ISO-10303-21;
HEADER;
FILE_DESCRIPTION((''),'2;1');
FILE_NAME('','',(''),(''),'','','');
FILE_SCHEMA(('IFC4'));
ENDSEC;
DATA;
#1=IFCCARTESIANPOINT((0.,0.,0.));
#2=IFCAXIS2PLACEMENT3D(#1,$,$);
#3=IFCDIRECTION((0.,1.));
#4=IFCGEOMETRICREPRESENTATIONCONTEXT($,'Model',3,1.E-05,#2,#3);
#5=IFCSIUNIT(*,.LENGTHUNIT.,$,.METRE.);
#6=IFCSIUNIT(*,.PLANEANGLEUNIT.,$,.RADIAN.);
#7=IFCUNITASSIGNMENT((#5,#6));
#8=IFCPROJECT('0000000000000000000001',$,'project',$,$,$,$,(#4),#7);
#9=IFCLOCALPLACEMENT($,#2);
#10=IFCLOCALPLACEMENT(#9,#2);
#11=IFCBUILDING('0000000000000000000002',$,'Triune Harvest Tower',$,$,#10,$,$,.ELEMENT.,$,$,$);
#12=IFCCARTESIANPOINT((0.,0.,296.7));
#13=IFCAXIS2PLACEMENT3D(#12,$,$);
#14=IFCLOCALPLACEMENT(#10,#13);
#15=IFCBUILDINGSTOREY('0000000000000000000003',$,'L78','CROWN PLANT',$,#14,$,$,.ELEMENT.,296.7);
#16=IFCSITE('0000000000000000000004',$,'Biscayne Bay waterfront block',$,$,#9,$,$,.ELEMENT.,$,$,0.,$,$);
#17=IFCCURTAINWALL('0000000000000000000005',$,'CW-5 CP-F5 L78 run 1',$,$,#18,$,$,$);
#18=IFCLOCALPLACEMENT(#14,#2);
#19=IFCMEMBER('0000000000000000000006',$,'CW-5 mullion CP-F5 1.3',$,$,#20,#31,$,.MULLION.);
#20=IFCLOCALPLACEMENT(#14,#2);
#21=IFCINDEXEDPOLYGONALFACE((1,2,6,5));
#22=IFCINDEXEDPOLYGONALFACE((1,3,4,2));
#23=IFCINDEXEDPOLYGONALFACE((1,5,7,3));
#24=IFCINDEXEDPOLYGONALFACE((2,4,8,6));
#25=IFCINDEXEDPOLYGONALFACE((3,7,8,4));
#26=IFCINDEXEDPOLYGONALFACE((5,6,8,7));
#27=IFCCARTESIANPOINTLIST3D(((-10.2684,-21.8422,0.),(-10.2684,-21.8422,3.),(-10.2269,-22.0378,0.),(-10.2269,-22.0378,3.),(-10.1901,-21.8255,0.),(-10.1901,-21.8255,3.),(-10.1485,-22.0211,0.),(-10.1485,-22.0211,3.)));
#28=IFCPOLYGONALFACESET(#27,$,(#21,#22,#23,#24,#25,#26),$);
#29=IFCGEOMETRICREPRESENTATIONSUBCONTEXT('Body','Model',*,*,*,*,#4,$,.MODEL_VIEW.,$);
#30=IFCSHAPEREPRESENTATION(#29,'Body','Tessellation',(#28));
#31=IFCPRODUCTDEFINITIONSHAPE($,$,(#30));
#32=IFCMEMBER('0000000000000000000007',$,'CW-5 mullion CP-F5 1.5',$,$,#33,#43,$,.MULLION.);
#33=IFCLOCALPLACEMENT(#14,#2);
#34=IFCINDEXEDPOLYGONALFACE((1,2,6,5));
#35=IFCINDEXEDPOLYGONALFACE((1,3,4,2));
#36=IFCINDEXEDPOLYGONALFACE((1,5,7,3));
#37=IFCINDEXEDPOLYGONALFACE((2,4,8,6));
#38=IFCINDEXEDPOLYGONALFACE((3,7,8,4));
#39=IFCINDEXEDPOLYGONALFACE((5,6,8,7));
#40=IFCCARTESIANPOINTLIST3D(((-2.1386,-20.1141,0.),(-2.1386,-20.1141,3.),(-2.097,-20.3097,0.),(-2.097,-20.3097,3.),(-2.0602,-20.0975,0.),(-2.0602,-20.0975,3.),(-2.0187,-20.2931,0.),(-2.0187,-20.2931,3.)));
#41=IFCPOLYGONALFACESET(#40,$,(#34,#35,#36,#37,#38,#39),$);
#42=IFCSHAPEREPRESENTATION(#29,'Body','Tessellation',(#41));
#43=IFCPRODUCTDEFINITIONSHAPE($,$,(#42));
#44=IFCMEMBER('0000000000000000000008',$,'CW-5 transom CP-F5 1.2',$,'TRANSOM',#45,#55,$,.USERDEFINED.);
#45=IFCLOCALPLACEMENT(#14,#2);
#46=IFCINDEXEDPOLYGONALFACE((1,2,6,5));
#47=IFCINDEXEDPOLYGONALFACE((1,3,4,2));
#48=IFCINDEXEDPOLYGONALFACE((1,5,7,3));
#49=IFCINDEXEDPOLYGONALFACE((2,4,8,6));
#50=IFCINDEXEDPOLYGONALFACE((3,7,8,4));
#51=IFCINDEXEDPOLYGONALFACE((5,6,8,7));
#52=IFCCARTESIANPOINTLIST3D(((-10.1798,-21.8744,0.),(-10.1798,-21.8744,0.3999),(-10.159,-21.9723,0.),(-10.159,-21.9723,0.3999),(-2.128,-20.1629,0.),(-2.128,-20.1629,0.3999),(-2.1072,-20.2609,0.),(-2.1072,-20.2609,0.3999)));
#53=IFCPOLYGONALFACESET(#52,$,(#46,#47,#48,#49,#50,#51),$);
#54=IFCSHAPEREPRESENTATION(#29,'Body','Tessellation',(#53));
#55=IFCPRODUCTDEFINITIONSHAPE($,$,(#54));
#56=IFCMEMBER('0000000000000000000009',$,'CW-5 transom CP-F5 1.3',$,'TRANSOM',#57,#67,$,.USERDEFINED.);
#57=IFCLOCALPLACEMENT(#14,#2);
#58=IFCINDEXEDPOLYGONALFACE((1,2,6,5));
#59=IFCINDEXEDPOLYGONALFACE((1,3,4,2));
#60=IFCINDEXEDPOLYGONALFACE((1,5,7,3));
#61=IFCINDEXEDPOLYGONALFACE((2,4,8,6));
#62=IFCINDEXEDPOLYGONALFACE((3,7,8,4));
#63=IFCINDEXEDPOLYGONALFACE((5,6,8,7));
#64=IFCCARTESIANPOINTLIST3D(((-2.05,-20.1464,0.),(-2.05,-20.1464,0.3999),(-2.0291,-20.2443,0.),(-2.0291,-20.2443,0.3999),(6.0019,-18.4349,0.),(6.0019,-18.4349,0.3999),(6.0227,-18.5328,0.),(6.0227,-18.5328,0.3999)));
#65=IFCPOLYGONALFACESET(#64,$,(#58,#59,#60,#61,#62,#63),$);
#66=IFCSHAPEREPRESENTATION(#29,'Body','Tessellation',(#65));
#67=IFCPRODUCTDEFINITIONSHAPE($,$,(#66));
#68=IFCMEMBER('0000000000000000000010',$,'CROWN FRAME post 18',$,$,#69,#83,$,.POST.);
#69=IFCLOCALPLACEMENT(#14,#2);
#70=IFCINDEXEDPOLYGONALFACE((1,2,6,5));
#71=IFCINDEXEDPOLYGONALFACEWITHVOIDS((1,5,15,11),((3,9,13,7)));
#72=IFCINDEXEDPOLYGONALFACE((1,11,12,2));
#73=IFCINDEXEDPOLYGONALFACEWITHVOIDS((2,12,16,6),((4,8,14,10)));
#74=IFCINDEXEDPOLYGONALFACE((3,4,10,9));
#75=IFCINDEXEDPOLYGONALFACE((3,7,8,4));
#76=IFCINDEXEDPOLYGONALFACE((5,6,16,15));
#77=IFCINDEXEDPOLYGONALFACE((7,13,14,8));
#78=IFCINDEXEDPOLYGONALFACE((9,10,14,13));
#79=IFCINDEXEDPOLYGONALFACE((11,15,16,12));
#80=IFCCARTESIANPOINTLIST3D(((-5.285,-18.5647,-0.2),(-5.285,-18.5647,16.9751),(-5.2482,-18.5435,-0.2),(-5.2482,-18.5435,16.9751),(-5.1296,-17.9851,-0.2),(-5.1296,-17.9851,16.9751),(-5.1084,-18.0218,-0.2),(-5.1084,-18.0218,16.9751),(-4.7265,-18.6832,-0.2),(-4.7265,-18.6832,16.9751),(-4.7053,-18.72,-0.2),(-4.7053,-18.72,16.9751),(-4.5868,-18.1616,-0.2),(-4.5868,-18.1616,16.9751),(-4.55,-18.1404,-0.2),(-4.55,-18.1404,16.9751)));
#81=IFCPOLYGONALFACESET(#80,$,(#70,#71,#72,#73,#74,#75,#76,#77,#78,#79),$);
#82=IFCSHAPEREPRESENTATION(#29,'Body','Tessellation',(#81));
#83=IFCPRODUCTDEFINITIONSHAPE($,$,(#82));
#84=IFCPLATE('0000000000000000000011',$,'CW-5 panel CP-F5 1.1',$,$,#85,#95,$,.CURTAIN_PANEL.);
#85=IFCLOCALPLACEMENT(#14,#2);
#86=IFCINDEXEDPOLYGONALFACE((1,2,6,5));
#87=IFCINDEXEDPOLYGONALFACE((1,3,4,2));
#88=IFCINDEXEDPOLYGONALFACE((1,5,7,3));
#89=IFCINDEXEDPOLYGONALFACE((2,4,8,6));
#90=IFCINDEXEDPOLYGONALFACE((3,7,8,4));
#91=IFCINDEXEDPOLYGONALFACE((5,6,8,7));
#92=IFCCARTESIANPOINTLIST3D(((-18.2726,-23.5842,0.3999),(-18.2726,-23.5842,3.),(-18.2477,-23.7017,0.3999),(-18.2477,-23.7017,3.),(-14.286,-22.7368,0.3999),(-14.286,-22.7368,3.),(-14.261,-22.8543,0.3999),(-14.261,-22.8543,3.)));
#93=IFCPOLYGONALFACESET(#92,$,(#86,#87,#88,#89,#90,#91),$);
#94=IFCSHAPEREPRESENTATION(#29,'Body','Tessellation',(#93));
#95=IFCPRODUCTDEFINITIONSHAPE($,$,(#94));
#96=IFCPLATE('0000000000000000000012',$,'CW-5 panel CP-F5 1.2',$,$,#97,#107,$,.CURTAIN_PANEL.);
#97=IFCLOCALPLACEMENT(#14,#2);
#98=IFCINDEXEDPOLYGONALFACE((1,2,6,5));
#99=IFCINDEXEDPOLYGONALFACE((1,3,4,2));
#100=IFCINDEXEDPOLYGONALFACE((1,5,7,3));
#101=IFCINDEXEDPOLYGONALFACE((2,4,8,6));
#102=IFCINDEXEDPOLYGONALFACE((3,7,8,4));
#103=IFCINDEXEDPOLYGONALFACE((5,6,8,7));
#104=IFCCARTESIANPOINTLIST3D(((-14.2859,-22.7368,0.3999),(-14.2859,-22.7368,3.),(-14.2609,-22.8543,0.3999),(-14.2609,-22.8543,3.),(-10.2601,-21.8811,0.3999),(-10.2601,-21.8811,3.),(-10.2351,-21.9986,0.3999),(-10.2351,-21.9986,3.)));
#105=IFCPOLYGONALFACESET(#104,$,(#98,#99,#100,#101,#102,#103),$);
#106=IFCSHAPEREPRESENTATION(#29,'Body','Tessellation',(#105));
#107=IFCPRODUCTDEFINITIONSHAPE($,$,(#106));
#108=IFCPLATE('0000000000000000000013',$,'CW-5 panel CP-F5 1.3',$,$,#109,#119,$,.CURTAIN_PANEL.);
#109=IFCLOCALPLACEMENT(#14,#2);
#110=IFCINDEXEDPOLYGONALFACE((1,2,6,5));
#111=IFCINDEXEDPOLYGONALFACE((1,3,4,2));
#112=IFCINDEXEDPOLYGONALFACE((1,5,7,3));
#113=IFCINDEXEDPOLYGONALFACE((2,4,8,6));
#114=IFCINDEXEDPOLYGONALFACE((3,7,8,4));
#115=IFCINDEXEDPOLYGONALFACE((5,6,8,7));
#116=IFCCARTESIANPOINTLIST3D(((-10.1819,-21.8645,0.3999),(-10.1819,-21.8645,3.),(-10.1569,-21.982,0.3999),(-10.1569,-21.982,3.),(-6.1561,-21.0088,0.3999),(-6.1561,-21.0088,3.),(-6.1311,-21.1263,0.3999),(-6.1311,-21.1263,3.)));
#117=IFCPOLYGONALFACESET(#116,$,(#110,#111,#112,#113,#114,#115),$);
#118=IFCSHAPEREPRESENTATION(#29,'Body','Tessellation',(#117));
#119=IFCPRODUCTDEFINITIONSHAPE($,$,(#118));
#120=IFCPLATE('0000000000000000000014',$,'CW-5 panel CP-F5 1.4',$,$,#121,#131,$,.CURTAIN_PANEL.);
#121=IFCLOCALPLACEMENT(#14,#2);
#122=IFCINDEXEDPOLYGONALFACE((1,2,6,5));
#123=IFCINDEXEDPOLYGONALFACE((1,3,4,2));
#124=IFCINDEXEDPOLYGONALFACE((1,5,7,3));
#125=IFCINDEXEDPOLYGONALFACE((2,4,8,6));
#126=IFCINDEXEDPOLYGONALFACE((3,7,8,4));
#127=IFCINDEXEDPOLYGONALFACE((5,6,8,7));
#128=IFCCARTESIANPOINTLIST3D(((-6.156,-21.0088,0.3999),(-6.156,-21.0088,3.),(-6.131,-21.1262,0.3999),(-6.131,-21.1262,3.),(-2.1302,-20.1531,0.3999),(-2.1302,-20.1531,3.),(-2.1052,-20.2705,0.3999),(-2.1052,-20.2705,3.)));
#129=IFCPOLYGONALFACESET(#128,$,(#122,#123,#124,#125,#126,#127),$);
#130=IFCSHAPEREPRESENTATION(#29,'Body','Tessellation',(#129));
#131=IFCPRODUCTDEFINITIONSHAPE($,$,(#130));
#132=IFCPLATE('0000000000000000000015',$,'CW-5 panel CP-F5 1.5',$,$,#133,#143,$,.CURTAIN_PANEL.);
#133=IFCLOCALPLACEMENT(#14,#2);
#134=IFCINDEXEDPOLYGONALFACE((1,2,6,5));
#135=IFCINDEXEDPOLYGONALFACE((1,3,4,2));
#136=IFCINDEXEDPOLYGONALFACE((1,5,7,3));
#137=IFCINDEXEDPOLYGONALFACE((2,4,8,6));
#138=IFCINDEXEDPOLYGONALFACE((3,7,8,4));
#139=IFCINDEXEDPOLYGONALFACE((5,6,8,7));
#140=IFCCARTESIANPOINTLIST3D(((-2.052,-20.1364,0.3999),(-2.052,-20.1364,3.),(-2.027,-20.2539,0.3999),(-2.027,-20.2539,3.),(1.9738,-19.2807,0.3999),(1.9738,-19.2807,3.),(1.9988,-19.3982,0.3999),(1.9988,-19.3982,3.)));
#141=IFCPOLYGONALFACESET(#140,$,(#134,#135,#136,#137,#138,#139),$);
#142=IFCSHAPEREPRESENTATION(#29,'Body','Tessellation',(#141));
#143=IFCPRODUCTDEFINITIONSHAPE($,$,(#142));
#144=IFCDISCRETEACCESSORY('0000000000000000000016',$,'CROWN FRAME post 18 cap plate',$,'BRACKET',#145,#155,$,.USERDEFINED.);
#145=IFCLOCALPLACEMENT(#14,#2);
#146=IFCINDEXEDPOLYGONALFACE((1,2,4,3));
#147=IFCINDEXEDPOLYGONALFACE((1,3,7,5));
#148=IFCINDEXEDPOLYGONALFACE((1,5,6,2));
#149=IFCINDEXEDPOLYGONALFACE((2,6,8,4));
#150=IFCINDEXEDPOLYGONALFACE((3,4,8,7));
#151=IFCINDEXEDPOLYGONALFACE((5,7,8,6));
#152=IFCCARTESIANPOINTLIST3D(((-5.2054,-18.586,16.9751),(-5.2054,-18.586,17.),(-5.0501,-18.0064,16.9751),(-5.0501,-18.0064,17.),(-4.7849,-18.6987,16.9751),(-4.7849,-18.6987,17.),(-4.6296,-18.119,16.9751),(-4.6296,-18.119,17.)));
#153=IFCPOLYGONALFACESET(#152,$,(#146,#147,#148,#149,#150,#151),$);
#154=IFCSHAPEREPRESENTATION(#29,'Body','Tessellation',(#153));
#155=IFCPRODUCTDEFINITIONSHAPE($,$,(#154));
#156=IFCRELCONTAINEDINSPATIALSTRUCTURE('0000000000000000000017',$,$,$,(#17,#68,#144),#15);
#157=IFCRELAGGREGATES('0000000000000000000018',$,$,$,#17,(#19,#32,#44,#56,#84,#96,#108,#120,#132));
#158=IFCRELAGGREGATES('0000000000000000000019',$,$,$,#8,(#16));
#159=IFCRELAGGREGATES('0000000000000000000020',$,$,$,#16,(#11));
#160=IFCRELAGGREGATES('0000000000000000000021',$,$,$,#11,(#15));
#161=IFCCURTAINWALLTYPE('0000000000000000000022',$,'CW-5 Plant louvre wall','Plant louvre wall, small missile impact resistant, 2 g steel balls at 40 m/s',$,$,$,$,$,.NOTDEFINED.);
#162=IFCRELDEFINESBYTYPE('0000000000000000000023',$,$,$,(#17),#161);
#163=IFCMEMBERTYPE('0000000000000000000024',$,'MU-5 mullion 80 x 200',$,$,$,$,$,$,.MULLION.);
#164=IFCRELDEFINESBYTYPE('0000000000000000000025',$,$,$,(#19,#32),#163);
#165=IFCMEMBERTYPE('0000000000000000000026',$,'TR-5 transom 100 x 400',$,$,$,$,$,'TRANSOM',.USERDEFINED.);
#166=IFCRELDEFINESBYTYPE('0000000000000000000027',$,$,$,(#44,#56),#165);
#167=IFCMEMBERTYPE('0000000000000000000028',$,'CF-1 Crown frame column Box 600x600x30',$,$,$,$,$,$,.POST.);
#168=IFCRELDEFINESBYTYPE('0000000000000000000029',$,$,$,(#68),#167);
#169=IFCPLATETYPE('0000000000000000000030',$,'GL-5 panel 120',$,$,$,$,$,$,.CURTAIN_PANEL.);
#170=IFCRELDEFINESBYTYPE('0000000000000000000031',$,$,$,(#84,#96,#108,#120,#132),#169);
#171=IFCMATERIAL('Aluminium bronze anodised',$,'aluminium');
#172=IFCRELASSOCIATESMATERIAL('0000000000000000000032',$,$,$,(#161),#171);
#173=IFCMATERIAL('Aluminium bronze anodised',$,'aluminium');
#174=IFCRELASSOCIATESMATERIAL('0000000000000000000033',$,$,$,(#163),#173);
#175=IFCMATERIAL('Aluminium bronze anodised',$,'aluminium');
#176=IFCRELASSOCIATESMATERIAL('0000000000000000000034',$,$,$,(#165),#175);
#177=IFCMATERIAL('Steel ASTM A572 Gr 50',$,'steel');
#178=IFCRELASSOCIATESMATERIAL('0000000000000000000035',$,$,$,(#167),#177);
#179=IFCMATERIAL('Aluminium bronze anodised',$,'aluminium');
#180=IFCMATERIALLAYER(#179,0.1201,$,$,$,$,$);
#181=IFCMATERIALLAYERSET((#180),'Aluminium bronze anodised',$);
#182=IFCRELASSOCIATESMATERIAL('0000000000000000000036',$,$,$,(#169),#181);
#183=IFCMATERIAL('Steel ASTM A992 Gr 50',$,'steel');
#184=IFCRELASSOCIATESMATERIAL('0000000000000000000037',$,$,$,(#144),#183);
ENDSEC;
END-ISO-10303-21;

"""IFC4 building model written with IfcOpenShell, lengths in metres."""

from ifc_helpers import new_model, si_unit, direction, frame, origin, origin_2d, place, context, subcontext, project, spatial, rectangle, hollow_rectangle, extrude, source, transform, mapped, material, layer, layer_set, material_profile, profile_set, type_object, element, aggregate, save


model = new_model("IFC4")

# Units and contexts
model_context = context("Model", 3, precision=1e-05, world=origin(), true_north=direction((0.0, 1.0)))
body_context = subcontext(model_context, "Body", "Model", "MODEL_VIEW")
ifc_project = project(units=[si_unit("LENGTHUNIT", "METRE"), si_unit("PLANEANGLEUNIT", "RADIAN")], contexts=[model_context])

# Site, building, storey
site_placement = place(None, origin())
site = spatial("IfcSite", under=ifc_project, at=site_placement, Name="Biscayne Bay waterfront block", CompositionType="ELEMENT", RefElevation=0.0)
building_placement = place(site_placement, origin())
building = spatial("IfcBuilding", under=site, at=building_placement, Name="Triune Harvest Tower", CompositionType="ELEMENT")
storey_placement = place(building_placement, frame((0.0, 0.0, 296.7)))
storey = spatial("IfcBuildingStorey", under=building, at=storey_placement, Name="L78", Description="CROWN PLANT", CompositionType="ELEMENT", Elevation=296.7)

# Curtain wall, members
ifc_material_1 = material(Name="Aluminium bronze anodised", Category="aluminium")
curtain_wall_type = type_object("IfcCurtainWallType", Name="CW-5 Plant louvre wall", Description="Plant louvre wall, small missile impact resistant, 2 g steel balls at 40 m/s", PredefinedType="NOTDEFINED", material=ifc_material_1)
curtain_wall_placement = place(storey_placement, origin())
curtain_wall = element("IfcCurtainWall", 1, at=curtain_wall_placement, inside=storey, type_object=curtain_wall_type, Name="CW-5 CP-F5 L78 run 1")
ifc_material_2 = material(Name="Aluminium bronze anodised", Category="aluminium")
ifc_material_profile_1 = material_profile(ifc_material_2, rectangle(XDim=0.2, YDim=0.0801, at=origin_2d()), Name="MU-5 mullion 80 x 200")
ifc_profile_set_1 = profile_set([ifc_material_profile_1], Name="Aluminium bronze anodised")
member_type_1 = type_object("IfcMemberType", Name="MU-5 mullion 80 x 200", PredefinedType="MULLION", material=ifc_profile_set_1)
shared_shape_1 = source(origin(), body_context, "Body", "SweptSolid", [
    extrude(rectangle(XDim=0.2, YDim=0.0801, at=origin_2d()), origin(), (0.0, 0.0, 1.0), 3.0),
])
member_1_placement = place(storey_placement, frame((-10.2085, -21.9316, 0.0), z_axis=(0.0, 0.0, 1.0), x_axis=(-0.207911, 0.978148, 0.0)))
member_1 = element("IfcMember", 2, at=member_1_placement, type_object=member_type_1, Name="CW-5 mullion CP-F5 1.3", PredefinedType="MULLION", context=body_context, shape_type="MappedRepresentation", body=[
    mapped(shared_shape_1, transform((0.0, 0.0, 0.0), scale=1.0)),
])
member_2_placement = place(storey_placement, frame((-2.0786, -20.2036, 0.0), z_axis=(0.0, 0.0, 1.0), x_axis=(-0.207911, 0.978148, 0.0)))
member_2 = element("IfcMember", 3, at=member_2_placement, type_object=member_type_1, Name="CW-5 mullion CP-F5 1.5", PredefinedType="MULLION", context=body_context, shape_type="MappedRepresentation", body=[
    mapped(shared_shape_1, transform((0.0, 0.0, 0.0), scale=1.0)),
])
ifc_material_3 = material(Name="Aluminium bronze anodised", Category="aluminium")
ifc_material_profile_2 = material_profile(ifc_material_3, rectangle(XDim=0.1001, YDim=0.3999, at=origin_2d()), Name="TR-5 transom 100 x 400")
ifc_profile_set_2 = profile_set([ifc_material_profile_2], Name="Aluminium bronze anodised")
member_type_2 = type_object("IfcMemberType", Name="TR-5 transom 100 x 400", ElementType="TRANSOM", PredefinedType="USERDEFINED", material=ifc_profile_set_2)
shared_shape_2 = source(origin(), body_context, "Body", "SweptSolid", [
    extrude(rectangle(XDim=0.1001, YDim=0.3999, at=origin_2d()), origin(), (0.0, 0.0, 1.0), 8.2317),
])
member_3_placement = place(storey_placement, frame((-10.1694, -21.9233, 0.2), z_axis=(0.978148, 0.207908, 0.0), x_axis=(-0.207908, 0.978148, 0.0)))
member_3 = element("IfcMember", 4, at=member_3_placement, type_object=member_type_2, Name="CW-5 transom CP-F5 1.2", ObjectType="TRANSOM", PredefinedType="USERDEFINED", context=body_context, shape_type="MappedRepresentation", body=[
    mapped(shared_shape_2, transform((0.0, 0.0, 0.0), scale=1.0)),
])
member_4_placement = place(storey_placement, frame((-2.0396, -20.1953, 0.2), z_axis=(0.978148, 0.207908, 0.0), x_axis=(-0.207908, 0.978148, 0.0)))
member_4 = element("IfcMember", 5, at=member_4_placement, type_object=member_type_2, Name="CW-5 transom CP-F5 1.3", ObjectType="TRANSOM", PredefinedType="USERDEFINED", context=body_context, shape_type="MappedRepresentation", body=[
    mapped(shared_shape_2, transform((0.0, 0.0, 0.0), scale=1.0)),
])

# Member
ifc_material_4 = material(Name="Steel ASTM A572 Gr 50", Category="steel")
ifc_material_profile_3 = material_profile(ifc_material_4, hollow_rectangle(XDim=0.6001, YDim=0.6001, WallThickness=0.03, at=origin_2d()), Name="Box 600x600x30")
ifc_profile_set_3 = profile_set([ifc_material_profile_3], Name="Steel ASTM A572 Gr 50")
member_type_3 = type_object("IfcMemberType", Name="CF-1 Crown frame column Box 600x600x30", PredefinedType="POST", material=ifc_profile_set_3)
shared_shape_3 = source(origin(), body_context, "Body", "SweptSolid", [
    extrude(hollow_rectangle(XDim=0.6001, YDim=0.6001, WallThickness=0.03, at=origin_2d()), origin(), (0.0, 0.0, 1.0), 17.175),
])
member_5_placement = place(storey_placement, frame((-4.9175, -18.3525, -0.2), z_axis=(0.0, 0.0, 1.0), x_axis=(0.965926, -0.258819, 0.0)))
element("IfcMember", 6, at=member_5_placement, inside=storey, type_object=member_type_3, Name="CROWN FRAME post 18", PredefinedType="POST", context=body_context, shape_type="MappedRepresentation", body=[
    mapped(shared_shape_3, transform((0.0, 0.0, 0.0), scale=1.0)),
])

# Plates
ifc_material_5 = material(Name="Aluminium bronze anodised", Category="aluminium")
ifc_layer = layer(ifc_material_5, 0.1201)
ifc_layer_set = layer_set([ifc_layer], Name="Aluminium bronze anodised")
plate_type = type_object("IfcPlateType", Name="GL-5 panel 120", PredefinedType="CURTAIN_PANEL", material=ifc_layer_set)
shared_shape_4 = source(origin(), body_context, "Body", "SweptSolid", [
    extrude(rectangle(XDim=4.0757, YDim=0.1201, at=origin_2d()), origin(), (0.0, 0.0, 1.0), 2.6001),
])
plate_1_placement = place(storey_placement, frame((-16.2668, -23.2192, 0.3999), z_axis=(0.0, 0.0, 1.0), x_axis=(0.978148, 0.207911, 0.0)))
plate_1 = element("IfcPlate", 7, at=plate_1_placement, type_object=plate_type, Name="CW-5 panel CP-F5 1.1", PredefinedType="CURTAIN_PANEL", context=body_context, shape_type="MappedRepresentation", body=[
    mapped(shared_shape_4, transform((0.0, 0.0, 0.0), scale=1.0)),
])
shared_shape_5 = source(origin(), body_context, "Body", "SweptSolid", [
    extrude(rectangle(XDim=4.1157, YDim=0.1201, at=origin_2d()), origin(), (0.0, 0.0, 1.0), 2.6001),
])
plate_2_placement = place(storey_placement, frame((-12.2605, -22.3677, 0.3999), z_axis=(0.0, 0.0, 1.0), x_axis=(0.978148, 0.207911, 0.0)))
plate_2 = element("IfcPlate", 8, at=plate_2_placement, type_object=plate_type, Name="CW-5 panel CP-F5 1.2", PredefinedType="CURTAIN_PANEL", context=body_context, shape_type="MappedRepresentation", body=[
    mapped(shared_shape_5, transform((0.0, 0.0, 0.0), scale=1.0)),
])
plate_3_placement = place(storey_placement, frame((-8.1565, -21.4954, 0.3999), z_axis=(0.0, 0.0, 1.0), x_axis=(0.978148, 0.207911, 0.0)))
plate_3 = element("IfcPlate", 9, at=plate_3_placement, type_object=plate_type, Name="CW-5 panel CP-F5 1.3", PredefinedType="CURTAIN_PANEL", context=body_context, shape_type="MappedRepresentation", body=[
    mapped(shared_shape_5, transform((0.0, 0.0, 0.0), scale=1.0)),
])
plate_4_placement = place(storey_placement, frame((-4.1306, -20.6396, 0.3999), z_axis=(0.0, 0.0, 1.0), x_axis=(0.978148, 0.207911, 0.0)))
plate_4 = element("IfcPlate", 10, at=plate_4_placement, type_object=plate_type, Name="CW-5 panel CP-F5 1.4", PredefinedType="CURTAIN_PANEL", context=body_context, shape_type="MappedRepresentation", body=[
    mapped(shared_shape_5, transform((0.0, 0.0, 0.0), scale=1.0)),
])
plate_5_placement = place(storey_placement, frame((-0.0266, -19.7673, 0.3999), z_axis=(0.0, 0.0, 1.0), x_axis=(0.978148, 0.207911, 0.0)))
plate_5 = element("IfcPlate", 11, at=plate_5_placement, type_object=plate_type, Name="CW-5 panel CP-F5 1.5", PredefinedType="CURTAIN_PANEL", context=body_context, shape_type="MappedRepresentation", body=[
    mapped(shared_shape_5, transform((0.0, 0.0, 0.0), scale=1.0)),
])
aggregate(curtain_wall, [member_1, member_2, member_3, member_4, plate_1, plate_2, plate_3, plate_4, plate_5])

# Discrete accessory
ifc_material_6 = material(Name="Steel ASTM A992 Gr 50", Category="steel")
shared_shape_6 = source(origin(), body_context, "Body", "SweptSolid", [
    extrude(rectangle(XDim=0.6001, YDim=0.4353, at=origin_2d()), origin(), (0.0, 0.0, 1.0), 0.0249),
])
discrete_accessory_placement = place(storey_placement, frame((-4.9175, -18.3525, 16.9751), z_axis=(0.0, 0.0, 1.0), x_axis=(-0.258819, -0.965926, 0.0)))
element("IfcDiscreteAccessory", 12, at=discrete_accessory_placement, inside=storey, material=ifc_material_6, Name="CROWN FRAME post 18 cap plate", ObjectType="BRACKET", PredefinedType="USERDEFINED", context=body_context, shape_type="MappedRepresentation", body=[
    mapped(shared_shape_6, transform((0.0, 0.0, 0.0), scale=1.0)),
])

save(model, "model.ifc")
